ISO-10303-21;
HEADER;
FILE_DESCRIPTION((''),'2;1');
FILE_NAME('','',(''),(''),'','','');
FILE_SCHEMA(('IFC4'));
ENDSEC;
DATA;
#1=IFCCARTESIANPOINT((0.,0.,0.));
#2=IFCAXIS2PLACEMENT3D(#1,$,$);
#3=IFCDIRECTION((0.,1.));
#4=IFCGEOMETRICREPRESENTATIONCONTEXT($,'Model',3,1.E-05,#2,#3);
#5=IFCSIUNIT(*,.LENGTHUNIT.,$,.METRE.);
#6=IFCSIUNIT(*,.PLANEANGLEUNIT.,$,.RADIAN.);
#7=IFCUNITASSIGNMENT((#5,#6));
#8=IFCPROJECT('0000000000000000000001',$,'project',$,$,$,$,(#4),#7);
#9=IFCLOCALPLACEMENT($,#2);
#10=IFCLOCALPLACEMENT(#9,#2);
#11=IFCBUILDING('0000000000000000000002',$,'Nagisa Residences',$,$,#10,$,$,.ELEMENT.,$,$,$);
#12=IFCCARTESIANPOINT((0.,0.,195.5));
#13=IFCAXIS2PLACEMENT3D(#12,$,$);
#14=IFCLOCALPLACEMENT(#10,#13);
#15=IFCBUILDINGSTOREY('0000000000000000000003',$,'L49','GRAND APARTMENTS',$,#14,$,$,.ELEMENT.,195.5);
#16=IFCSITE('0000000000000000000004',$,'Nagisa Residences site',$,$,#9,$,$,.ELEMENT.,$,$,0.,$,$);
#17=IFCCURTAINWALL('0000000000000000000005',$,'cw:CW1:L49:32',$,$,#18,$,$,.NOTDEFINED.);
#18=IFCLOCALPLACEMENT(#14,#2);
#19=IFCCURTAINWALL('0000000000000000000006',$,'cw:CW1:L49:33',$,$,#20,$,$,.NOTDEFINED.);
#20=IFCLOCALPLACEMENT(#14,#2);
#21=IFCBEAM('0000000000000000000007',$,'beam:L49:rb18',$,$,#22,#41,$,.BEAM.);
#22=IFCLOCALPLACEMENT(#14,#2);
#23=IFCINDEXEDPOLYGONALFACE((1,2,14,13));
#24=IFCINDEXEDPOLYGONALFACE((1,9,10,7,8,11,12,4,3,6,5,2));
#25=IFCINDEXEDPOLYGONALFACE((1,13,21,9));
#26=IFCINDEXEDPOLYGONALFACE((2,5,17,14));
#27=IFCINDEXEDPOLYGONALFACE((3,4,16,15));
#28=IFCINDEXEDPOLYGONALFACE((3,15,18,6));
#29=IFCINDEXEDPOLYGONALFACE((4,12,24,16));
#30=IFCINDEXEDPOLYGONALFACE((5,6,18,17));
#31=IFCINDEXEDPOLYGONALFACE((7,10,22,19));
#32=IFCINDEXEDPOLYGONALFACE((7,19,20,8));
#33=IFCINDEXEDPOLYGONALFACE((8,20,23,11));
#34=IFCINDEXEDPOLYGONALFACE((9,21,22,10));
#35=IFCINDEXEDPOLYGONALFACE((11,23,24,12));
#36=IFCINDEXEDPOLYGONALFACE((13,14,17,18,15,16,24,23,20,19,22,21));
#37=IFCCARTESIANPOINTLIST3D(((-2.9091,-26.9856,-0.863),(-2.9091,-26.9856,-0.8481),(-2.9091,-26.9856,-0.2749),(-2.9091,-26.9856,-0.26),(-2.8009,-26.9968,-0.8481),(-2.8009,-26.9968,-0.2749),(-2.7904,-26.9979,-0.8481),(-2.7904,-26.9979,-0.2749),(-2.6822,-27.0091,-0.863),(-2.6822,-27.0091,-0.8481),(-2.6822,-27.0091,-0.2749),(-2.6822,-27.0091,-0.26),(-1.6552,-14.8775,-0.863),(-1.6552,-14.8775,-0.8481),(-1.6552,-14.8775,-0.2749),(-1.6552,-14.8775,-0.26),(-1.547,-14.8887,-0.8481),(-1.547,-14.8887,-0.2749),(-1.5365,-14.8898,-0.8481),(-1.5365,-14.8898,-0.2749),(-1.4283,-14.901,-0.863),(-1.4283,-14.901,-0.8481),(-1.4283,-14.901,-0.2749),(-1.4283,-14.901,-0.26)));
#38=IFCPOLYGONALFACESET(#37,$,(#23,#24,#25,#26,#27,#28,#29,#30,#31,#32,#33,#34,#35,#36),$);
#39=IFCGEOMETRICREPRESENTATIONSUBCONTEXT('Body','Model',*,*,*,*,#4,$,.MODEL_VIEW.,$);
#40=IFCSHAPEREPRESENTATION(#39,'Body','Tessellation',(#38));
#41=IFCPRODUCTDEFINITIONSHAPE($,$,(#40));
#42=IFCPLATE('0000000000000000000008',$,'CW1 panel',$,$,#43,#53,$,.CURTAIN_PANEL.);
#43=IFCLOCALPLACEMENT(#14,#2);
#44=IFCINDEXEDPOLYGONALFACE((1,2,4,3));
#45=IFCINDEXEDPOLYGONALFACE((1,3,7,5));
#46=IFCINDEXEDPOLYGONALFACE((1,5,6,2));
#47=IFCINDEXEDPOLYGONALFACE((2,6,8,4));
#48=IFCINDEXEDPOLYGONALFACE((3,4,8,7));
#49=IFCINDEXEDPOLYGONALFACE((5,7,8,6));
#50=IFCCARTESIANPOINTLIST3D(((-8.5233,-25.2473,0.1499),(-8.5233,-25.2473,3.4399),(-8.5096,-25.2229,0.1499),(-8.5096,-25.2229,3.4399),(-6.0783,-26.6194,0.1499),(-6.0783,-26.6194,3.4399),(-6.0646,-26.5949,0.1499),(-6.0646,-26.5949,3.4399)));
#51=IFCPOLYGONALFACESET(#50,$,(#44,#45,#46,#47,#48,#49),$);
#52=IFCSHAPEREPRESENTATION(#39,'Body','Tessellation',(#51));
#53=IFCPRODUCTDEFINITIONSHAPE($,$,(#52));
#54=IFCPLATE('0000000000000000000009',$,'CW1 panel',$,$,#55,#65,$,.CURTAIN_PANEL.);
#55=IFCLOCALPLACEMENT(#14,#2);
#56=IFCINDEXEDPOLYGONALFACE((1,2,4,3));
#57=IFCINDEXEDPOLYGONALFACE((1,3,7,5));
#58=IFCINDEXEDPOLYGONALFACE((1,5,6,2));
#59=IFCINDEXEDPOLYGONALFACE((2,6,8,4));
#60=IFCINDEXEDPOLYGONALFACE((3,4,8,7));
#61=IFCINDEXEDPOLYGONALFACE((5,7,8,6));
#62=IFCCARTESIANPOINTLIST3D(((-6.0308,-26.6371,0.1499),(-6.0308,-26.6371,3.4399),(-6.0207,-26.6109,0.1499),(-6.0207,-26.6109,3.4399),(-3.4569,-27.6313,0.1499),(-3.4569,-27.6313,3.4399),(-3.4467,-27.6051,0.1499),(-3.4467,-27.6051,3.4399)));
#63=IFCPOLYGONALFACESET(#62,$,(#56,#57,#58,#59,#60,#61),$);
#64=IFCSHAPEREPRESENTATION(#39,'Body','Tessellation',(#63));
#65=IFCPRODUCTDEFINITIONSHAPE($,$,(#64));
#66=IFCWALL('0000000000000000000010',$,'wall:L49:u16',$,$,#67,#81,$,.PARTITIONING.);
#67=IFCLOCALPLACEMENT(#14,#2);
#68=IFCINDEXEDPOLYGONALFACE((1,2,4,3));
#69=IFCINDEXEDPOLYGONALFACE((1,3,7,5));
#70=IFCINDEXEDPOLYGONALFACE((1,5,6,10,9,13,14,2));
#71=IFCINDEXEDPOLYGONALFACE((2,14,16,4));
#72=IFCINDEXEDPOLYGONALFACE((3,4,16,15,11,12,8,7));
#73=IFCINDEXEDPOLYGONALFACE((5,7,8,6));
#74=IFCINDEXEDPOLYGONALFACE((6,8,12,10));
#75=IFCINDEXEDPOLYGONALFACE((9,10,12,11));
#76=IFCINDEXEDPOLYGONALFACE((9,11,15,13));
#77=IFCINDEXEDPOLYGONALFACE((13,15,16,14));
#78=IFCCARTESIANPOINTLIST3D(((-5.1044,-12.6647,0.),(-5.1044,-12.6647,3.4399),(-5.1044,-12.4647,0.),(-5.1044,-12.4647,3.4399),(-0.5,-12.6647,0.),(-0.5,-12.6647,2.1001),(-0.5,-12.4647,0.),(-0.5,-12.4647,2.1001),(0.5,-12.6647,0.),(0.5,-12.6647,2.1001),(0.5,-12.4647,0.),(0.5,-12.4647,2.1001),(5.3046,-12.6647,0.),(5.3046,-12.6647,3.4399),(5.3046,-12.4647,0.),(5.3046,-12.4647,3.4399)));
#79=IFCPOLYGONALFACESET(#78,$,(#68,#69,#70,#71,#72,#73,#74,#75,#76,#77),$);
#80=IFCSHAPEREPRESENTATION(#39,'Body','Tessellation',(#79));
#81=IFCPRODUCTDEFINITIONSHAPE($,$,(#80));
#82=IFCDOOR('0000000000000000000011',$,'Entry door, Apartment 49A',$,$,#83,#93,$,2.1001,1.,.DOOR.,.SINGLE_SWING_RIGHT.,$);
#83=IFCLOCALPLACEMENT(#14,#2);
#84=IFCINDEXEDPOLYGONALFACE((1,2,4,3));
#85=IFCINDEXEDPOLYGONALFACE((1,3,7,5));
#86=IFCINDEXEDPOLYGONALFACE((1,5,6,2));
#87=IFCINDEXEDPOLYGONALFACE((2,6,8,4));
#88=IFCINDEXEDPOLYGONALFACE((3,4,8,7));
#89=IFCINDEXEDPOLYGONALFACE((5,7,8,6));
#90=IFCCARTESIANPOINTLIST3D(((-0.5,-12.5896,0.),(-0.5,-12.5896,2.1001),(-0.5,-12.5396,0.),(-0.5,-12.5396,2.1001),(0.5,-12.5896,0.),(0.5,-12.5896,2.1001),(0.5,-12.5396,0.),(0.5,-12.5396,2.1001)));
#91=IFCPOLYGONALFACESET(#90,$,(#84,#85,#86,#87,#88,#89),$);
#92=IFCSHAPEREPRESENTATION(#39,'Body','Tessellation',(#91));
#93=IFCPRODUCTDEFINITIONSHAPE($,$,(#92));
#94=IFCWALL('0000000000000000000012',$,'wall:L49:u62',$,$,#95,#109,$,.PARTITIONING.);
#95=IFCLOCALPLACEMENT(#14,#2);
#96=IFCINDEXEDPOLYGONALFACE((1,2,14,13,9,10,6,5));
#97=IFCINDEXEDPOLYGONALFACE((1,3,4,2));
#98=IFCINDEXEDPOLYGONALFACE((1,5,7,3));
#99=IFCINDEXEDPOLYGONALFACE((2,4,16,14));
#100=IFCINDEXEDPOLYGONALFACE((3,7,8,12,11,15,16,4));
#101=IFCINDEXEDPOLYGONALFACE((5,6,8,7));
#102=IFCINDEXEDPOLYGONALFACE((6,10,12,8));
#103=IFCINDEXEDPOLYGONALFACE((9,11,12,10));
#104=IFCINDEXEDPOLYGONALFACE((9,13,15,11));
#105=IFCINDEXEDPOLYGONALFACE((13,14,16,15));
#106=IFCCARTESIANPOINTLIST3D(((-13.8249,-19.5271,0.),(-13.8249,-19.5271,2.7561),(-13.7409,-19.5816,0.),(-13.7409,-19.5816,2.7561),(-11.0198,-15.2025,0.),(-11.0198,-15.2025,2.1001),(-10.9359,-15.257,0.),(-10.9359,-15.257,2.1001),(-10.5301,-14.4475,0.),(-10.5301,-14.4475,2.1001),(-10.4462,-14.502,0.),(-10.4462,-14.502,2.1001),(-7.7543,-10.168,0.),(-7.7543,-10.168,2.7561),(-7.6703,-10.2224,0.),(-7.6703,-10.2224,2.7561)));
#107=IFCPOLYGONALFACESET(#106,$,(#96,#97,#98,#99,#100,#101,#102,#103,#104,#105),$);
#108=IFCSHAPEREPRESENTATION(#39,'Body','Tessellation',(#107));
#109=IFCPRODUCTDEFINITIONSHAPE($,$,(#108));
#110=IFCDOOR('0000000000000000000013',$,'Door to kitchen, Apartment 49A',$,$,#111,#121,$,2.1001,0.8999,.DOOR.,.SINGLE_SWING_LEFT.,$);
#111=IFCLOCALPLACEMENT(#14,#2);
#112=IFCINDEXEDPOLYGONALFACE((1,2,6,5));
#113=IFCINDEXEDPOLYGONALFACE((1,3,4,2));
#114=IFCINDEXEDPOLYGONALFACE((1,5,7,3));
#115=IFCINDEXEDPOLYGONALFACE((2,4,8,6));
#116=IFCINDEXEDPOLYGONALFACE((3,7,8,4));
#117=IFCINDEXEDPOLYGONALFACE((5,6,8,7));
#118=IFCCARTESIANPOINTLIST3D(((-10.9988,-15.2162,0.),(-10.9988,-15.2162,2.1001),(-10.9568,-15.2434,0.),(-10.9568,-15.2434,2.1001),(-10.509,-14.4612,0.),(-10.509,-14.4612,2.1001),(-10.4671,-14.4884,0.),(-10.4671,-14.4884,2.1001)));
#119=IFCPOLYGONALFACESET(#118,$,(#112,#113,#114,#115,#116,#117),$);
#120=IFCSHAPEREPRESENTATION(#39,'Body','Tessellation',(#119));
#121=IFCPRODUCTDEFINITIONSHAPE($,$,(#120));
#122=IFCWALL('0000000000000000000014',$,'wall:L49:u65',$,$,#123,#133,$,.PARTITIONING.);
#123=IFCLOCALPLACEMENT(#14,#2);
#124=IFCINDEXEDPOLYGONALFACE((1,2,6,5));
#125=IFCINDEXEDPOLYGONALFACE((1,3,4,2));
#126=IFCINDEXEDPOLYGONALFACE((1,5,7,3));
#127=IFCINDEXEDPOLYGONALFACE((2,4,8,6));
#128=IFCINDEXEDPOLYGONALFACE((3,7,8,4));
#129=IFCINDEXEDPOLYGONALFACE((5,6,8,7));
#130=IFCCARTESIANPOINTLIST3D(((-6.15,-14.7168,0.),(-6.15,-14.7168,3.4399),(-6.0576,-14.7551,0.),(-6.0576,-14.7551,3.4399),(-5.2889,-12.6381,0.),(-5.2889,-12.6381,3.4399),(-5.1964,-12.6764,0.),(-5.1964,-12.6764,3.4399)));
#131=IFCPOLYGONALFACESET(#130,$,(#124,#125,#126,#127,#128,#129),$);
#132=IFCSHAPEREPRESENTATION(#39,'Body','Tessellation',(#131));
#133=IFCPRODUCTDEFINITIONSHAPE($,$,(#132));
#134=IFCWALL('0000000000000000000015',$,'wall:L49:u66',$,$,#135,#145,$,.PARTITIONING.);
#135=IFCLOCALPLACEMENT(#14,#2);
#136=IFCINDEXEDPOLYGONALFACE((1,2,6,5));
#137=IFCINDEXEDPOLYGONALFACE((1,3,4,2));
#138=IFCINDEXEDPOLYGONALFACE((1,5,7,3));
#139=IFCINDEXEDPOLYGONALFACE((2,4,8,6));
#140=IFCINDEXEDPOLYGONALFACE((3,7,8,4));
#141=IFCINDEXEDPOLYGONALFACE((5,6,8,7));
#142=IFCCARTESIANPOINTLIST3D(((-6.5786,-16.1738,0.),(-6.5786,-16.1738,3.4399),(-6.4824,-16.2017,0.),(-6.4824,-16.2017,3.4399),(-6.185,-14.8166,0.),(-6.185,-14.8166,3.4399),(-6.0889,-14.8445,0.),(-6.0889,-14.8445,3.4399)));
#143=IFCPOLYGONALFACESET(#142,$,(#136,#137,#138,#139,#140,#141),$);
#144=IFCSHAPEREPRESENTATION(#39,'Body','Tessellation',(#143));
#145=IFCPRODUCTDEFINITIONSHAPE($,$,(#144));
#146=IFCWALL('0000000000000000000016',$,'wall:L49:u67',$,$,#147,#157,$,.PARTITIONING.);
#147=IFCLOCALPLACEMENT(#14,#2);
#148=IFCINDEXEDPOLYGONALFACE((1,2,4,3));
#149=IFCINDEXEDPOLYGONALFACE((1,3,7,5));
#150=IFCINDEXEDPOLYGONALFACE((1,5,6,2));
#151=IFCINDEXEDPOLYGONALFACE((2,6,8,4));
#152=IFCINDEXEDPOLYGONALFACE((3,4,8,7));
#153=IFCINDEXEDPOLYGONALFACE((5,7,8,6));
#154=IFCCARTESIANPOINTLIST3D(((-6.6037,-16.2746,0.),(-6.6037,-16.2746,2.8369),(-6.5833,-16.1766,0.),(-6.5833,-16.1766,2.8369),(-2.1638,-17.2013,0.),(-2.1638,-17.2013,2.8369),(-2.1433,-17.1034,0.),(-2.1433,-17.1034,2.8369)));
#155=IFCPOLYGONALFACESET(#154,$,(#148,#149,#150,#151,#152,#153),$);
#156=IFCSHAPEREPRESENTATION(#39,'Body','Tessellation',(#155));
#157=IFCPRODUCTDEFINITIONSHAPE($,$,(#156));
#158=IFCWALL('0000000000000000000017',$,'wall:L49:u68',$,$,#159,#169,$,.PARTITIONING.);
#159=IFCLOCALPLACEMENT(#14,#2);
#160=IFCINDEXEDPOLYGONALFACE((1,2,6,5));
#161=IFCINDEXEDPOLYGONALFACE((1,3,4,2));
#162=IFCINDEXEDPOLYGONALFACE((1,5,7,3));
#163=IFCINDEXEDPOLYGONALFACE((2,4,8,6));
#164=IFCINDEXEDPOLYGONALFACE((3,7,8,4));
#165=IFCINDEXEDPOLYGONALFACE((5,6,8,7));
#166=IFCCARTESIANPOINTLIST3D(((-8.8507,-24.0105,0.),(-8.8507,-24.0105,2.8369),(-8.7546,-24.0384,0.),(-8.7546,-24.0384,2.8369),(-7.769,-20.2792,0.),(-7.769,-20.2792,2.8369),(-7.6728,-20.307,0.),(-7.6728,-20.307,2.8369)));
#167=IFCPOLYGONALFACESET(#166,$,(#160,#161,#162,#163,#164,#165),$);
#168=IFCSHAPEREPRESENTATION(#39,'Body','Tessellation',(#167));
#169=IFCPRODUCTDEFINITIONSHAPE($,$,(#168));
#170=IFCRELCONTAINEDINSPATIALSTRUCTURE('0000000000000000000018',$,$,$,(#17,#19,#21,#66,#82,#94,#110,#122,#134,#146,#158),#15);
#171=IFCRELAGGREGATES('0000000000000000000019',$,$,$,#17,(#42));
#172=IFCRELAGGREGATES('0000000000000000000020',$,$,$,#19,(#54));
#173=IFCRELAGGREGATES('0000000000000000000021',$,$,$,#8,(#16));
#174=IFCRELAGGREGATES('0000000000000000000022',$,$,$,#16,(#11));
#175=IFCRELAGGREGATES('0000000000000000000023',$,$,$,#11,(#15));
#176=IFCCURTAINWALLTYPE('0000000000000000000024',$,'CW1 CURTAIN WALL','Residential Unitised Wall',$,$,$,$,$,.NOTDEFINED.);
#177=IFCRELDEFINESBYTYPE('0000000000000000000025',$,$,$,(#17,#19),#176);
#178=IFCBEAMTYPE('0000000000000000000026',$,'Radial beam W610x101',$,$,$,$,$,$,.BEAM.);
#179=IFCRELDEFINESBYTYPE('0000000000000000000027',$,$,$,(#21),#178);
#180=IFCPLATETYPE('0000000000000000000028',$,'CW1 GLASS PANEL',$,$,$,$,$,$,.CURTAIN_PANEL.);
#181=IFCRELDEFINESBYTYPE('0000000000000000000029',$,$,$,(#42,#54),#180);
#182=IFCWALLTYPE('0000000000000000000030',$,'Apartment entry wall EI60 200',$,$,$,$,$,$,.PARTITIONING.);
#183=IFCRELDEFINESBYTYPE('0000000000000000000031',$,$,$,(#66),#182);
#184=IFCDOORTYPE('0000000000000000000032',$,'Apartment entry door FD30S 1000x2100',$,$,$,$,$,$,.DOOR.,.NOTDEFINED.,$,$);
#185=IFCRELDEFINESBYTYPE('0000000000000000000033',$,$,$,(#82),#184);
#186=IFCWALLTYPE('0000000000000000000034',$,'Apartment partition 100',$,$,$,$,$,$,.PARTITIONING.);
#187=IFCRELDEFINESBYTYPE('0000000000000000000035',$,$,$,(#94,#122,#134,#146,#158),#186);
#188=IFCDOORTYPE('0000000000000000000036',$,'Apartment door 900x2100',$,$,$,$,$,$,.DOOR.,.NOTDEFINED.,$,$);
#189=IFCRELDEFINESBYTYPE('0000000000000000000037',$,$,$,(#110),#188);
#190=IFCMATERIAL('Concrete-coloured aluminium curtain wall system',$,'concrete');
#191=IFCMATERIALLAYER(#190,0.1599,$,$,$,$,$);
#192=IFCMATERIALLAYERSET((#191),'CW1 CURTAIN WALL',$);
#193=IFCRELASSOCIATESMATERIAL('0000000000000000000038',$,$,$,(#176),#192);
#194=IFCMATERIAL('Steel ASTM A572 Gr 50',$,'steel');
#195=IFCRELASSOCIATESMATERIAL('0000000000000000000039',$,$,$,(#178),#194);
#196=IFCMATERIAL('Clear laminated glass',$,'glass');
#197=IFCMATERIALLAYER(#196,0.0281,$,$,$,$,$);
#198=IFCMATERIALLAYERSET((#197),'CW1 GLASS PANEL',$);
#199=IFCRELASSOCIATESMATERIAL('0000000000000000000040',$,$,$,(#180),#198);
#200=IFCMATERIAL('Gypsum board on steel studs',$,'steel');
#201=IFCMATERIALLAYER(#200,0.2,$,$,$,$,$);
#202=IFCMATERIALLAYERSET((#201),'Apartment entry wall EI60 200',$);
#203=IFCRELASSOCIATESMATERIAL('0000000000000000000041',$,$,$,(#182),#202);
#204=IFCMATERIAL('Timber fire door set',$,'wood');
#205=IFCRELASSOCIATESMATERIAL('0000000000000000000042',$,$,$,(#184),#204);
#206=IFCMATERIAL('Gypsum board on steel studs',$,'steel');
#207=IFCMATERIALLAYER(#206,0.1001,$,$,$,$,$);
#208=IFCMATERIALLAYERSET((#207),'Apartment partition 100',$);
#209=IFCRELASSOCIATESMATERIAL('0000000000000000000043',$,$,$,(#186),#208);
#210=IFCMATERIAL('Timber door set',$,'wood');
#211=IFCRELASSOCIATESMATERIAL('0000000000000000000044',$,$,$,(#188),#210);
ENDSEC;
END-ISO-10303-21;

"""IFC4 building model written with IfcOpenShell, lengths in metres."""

from ifc_helpers import new_model, si_unit, direction, frame, frame_2d, origin, origin_2d, place, context, subcontext, project, spatial, rectangle, i_section, extrude, material, layer, layer_set, material_profile, profile_set, type_object, element, fill, aggregate, save


model = new_model("IFC4")

# Units and contexts
model_context = context("Model", 3, precision=1e-05, world=origin(), true_north=direction((0.0, 1.0)))
body_context = subcontext(model_context, "Body", "Model", "MODEL_VIEW")
ifc_project = project(units=[si_unit("LENGTHUNIT", "METRE"), si_unit("PLANEANGLEUNIT", "RADIAN")], contexts=[model_context])

# Site, building, storey
site_placement = place(None, origin())
site = spatial("IfcSite", under=ifc_project, at=site_placement, Name="Nagisa Residences site", CompositionType="ELEMENT", RefElevation=0.0)
building_placement = place(site_placement, origin())
building = spatial("IfcBuilding", under=site, at=building_placement, Name="Nagisa Residences", CompositionType="ELEMENT")
storey_placement = place(building_placement, frame((0.0, 0.0, 195.5)))
storey = spatial("IfcBuildingStorey", under=building, at=storey_placement, Name="L49", Description="GRAND APARTMENTS", CompositionType="ELEMENT", Elevation=195.5)

# Curtain walls
ifc_material_1 = material(Name="Concrete-coloured aluminium curtain wall system", Category="concrete")
ifc_layer_1 = layer(ifc_material_1, 0.1599)
ifc_layer_set_1 = layer_set([ifc_layer_1], Name="CW1 CURTAIN WALL")
curtain_wall_type = type_object("IfcCurtainWallType", Name="CW1 CURTAIN WALL", Description="Residential Unitised Wall", PredefinedType="NOTDEFINED", material=ifc_layer_set_1)
curtain_wall_1_placement = place(storey_placement, origin())
curtain_wall_1 = element("IfcCurtainWall", 1, at=curtain_wall_1_placement, inside=storey, type_object=curtain_wall_type, Name="cw:CW1:L49:32", PredefinedType="NOTDEFINED")
curtain_wall_2_placement = place(storey_placement, origin())
curtain_wall_2 = element("IfcCurtainWall", 2, at=curtain_wall_2_placement, inside=storey, type_object=curtain_wall_type, Name="cw:CW1:L49:33", PredefinedType="NOTDEFINED")

# Beam
ifc_material_2 = material(Name="Steel ASTM A572 Gr 50", Category="steel")
ifc_material_profile_1 = material_profile(ifc_material_2, i_section(OverallWidth=0.228, OverallDepth=0.603, WebThickness=0.0105, FlangeThickness=0.0149, at=origin_2d()), Name="W610x101")
ifc_profile_set_1 = profile_set([ifc_material_profile_1], Name="Steel ASTM A572 Gr 50")
beam_type_1 = type_object("IfcBeamType", Name="Radial beam W610x101", PredefinedType="BEAM", material=ifc_profile_set_1)
beam_1_placement = place(storey_placement, frame((-2.7957, -26.9973, -0.5615), z_axis=(0.103008, 0.994681, 0.0), x_axis=(-0.994681, 0.103008, 0.0)))
element("IfcBeam", 3, at=beam_1_placement, inside=storey, type_object=beam_type_1, Name="beam:L49:rb18", PredefinedType="BEAM", context=body_context, shape_type="SweptSolid", body=[
    extrude(i_section(OverallWidth=0.228, OverallDepth=0.603, WebThickness=0.0105, FlangeThickness=0.0149, at=origin_2d()), origin(), (0.0, 0.0, 1.0), 12.1729),
])

# Plates
ifc_material_3 = material(Name="Clear laminated glass", Category="glass")
ifc_layer_2 = layer(ifc_material_3, 0.0281)
ifc_layer_set_2 = layer_set([ifc_layer_2], Name="CW1 GLASS PANEL")
plate_type = type_object("IfcPlateType", Name="CW1 GLASS PANEL", PredefinedType="CURTAIN_PANEL", material=ifc_layer_set_2)
plate_1_placement = place(storey_placement, frame((-7.2939, -25.9211, 0.1499), z_axis=(0.0, 0.0, 1.0), x_axis=(0.872072, -0.489377, 0.0)))
plate_1 = element("IfcPlate", 4, at=plate_1_placement, type_object=plate_type, Name="CW1 panel", PredefinedType="CURTAIN_PANEL", context=body_context, shape_type="SweptSolid", body=[
    extrude(rectangle(XDim=2.8037, YDim=0.0281, at=origin_2d()), origin(), (0.0, 0.0, 1.0), 3.29),
])
aggregate(curtain_wall_1, [plate_1])
plate_2_placement = place(storey_placement, frame((-4.7388, -27.1211, 0.1499), z_axis=(0.0, 0.0, 1.0), x_axis=(0.932826, -0.360328, 0.0)))
plate_2 = element("IfcPlate", 5, at=plate_2_placement, type_object=plate_type, Name="CW1 panel", PredefinedType="CURTAIN_PANEL", context=body_context, shape_type="SweptSolid", body=[
    extrude(rectangle(XDim=2.7593, YDim=0.0281, at=origin_2d()), origin(), (0.0, 0.0, 1.0), 3.29),
])
aggregate(curtain_wall_2, [plate_2])

# Walls, openings, doors
ifc_material_4 = material(Name="Gypsum board on steel studs", Category="steel")
ifc_layer_3 = layer(ifc_material_4, 0.2)
ifc_layer_set_3 = layer_set([ifc_layer_3], Name="Apartment entry wall EI60 200")
wall_type_1 = type_object("IfcWallType", Name="Apartment entry wall EI60 200", PredefinedType="PARTITIONING", material=ifc_layer_set_3)
wall_1_placement = place(storey_placement, frame((-5.1045, -12.5647, 0.0), z_axis=(0.0, 0.0, 1.0), x_axis=(1.0, 0.0, 0.0)))
wall_1 = element("IfcWall", 6, at=wall_1_placement, inside=storey, type_object=wall_type_1, Name="wall:L49:u16", PredefinedType="PARTITIONING", context=body_context, shape_type="SweptSolid", body=[
    extrude(rectangle(XDim=10.4089, YDim=0.2, at=frame_2d((5.2046, 0.0))), origin(), (0.0, 0.0, 1.0), 3.4399),
])
opening_1_placement = place(wall_1_placement, frame((4.6045, 0.0, 0.0)))
opening_1 = element("IfcOpeningElement", 7, at=opening_1_placement, cuts=wall_1, PredefinedType="OPENING", context=body_context, shape_type="SweptSolid", body=[
    extrude(rectangle(XDim=1.0, YDim=2.1001, at=frame_2d((0.5, 1.05))), frame((0.0, 0.1099, 0.0), z_axis=(0.0, -1.0, 0.0), x_axis=(1.0, 0.0, 0.0)), (0.0, 0.0, 1.0), 0.22),
])
ifc_material_5 = material(Name="Timber fire door set", Category="wood")
door_type_1 = type_object("IfcDoorType", Name="Apartment entry door FD30S 1000x2100", OperationType="NOTDEFINED", PredefinedType="DOOR", material=ifc_material_5)
door_1_placement = place(opening_1_placement, frame((1.0, 0.0, 0.0), x_axis=(-1.0, 0.0, 0.0)))
door_1 = element("IfcDoor", 8, at=door_1_placement, inside=storey, type_object=door_type_1, Name="Entry door, Apartment 49A", OperationType="SINGLE_SWING_RIGHT", OverallHeight=2.1001, OverallWidth=1.0, PredefinedType="DOOR", context=body_context, shape_type="SweptSolid", body=[
    extrude(rectangle(XDim=1.0, YDim=2.1001, at=frame_2d((0.5, 1.05))), frame((0.0, 0.0249, 0.0), z_axis=(0.0, -1.0, 0.0), x_axis=(1.0, 0.0, 0.0)), (0.0, 0.0, 1.0), 0.05),
])
fill(opening_1, door_1)
ifc_material_6 = material(Name="Gypsum board on steel studs", Category="steel")
ifc_layer_4 = layer(ifc_material_6, 0.1001)
ifc_layer_set_4 = layer_set([ifc_layer_4], Name="Apartment partition 100")
wall_type_2 = type_object("IfcWallType", Name="Apartment partition 100", PredefinedType="PARTITIONING", material=ifc_layer_set_4)
wall_2_placement = place(storey_placement, frame((-7.7124, -10.1953, 0.0), z_axis=(0.0, 0.0, 1.0), x_axis=(-0.544177, -0.838971, 0.0)))
wall_2 = element("IfcWall", 9, at=wall_2_placement, inside=storey, type_object=wall_type_2, Name="wall:L49:u62", PredefinedType="PARTITIONING", context=body_context, shape_type="SweptSolid", body=[
    extrude(rectangle(XDim=11.1555, YDim=0.1001, at=frame_2d((5.5776, 0.0))), origin(), (0.0, 0.0, 1.0), 2.7561),
])
opening_2_placement = place(wall_2_placement, frame((5.1008, 0.0, 0.0)))
opening_2 = element("IfcOpeningElement", 10, at=opening_2_placement, cuts=wall_2, PredefinedType="OPENING", context=body_context, shape_type="SweptSolid", body=[
    extrude(rectangle(XDim=0.8999, YDim=2.1001, at=frame_2d((0.45, 1.05))), frame((0.0, 0.0601, 0.0), z_axis=(0.0, -1.0, 0.0), x_axis=(1.0, 0.0, 0.0)), (0.0, 0.0, 1.0), 0.1201),
])
ifc_material_7 = material(Name="Timber door set", Category="wood")
door_type_2 = type_object("IfcDoorType", Name="Apartment door 900x2100", OperationType="NOTDEFINED", PredefinedType="DOOR", material=ifc_material_7)
door_2_placement = place(opening_2_placement, frame((0.8999, 0.0, 0.0), x_axis=(-1.0, 0.0, 0.0)))
door_2 = element("IfcDoor", 11, at=door_2_placement, inside=storey, type_object=door_type_2, Name="Door to kitchen, Apartment 49A", OperationType="SINGLE_SWING_LEFT", OverallHeight=2.1001, OverallWidth=0.8999, PredefinedType="DOOR", context=body_context, shape_type="SweptSolid", body=[
    extrude(rectangle(XDim=0.8999, YDim=2.1001, at=frame_2d((0.45, 1.05))), frame((0.0, 0.0249, 0.0), z_axis=(0.0, -1.0, 0.0), x_axis=(1.0, 0.0, 0.0)), (0.0, 0.0, 1.0), 0.05),
])
fill(opening_2, door_2)

# Walls
wall_3_placement = place(storey_placement, frame((-5.2427, -12.6572, 0.0), z_axis=(0.0, 0.0, 1.0), x_axis=(-0.382719, -0.923865, 0.0)))
element("IfcWall", 12, at=wall_3_placement, inside=storey, type_object=wall_type_2, Name="wall:L49:u65", PredefinedType="PARTITIONING", context=body_context, shape_type="SweptSolid", body=[
    extrude(rectangle(XDim=2.25, YDim=0.1001, at=frame_2d((1.125, 0.0))), origin(), (0.0, 0.0, 1.0), 3.4399),
])
wall_4_placement = place(storey_placement, frame((-6.137, -14.8306, 0.0), z_axis=(0.0, 0.0, 1.0), x_axis=(-0.278507, -0.960434, 0.0)))
element("IfcWall", 13, at=wall_4_placement, inside=storey, type_object=wall_type_2, Name="wall:L49:u66", PredefinedType="PARTITIONING", context=body_context, shape_type="SweptSolid", body=[
    extrude(rectangle(XDim=1.4131, YDim=0.1001, at=frame_2d((0.7065, 0.0))), origin(), (0.0, 0.0, 1.0), 3.4399),
])
wall_5_placement = place(storey_placement, frame((-6.5935, -16.2256, 0.0), z_axis=(0.0, 0.0, 1.0), x_axis=(0.978902, -0.204328, 0.0)))
element("IfcWall", 14, at=wall_5_placement, inside=storey, type_object=wall_type_2, Name="wall:L49:u67", PredefinedType="PARTITIONING", context=body_context, shape_type="SweptSolid", body=[
    extrude(rectangle(XDim=4.5356, YDim=0.1001, at=frame_2d((2.2678, 0.0))), origin(), (0.0, 0.0, 1.0), 2.8369),
])
wall_6_placement = place(storey_placement, frame((-7.7209, -20.2932, 0.0), z_axis=(0.0, 0.0, 1.0), x_axis=(-0.278446, -0.960452, 0.0)))
element("IfcWall", 15, at=wall_6_placement, inside=storey, type_object=wall_type_2, Name="wall:L49:u68", PredefinedType="PARTITIONING", context=body_context, shape_type="SweptSolid", body=[
    extrude(rectangle(XDim=3.885, YDim=0.1001, at=frame_2d((1.9424, 0.0))), origin(), (0.0, 0.0, 1.0), 2.8369),
])

save(model, "model.ifc")
